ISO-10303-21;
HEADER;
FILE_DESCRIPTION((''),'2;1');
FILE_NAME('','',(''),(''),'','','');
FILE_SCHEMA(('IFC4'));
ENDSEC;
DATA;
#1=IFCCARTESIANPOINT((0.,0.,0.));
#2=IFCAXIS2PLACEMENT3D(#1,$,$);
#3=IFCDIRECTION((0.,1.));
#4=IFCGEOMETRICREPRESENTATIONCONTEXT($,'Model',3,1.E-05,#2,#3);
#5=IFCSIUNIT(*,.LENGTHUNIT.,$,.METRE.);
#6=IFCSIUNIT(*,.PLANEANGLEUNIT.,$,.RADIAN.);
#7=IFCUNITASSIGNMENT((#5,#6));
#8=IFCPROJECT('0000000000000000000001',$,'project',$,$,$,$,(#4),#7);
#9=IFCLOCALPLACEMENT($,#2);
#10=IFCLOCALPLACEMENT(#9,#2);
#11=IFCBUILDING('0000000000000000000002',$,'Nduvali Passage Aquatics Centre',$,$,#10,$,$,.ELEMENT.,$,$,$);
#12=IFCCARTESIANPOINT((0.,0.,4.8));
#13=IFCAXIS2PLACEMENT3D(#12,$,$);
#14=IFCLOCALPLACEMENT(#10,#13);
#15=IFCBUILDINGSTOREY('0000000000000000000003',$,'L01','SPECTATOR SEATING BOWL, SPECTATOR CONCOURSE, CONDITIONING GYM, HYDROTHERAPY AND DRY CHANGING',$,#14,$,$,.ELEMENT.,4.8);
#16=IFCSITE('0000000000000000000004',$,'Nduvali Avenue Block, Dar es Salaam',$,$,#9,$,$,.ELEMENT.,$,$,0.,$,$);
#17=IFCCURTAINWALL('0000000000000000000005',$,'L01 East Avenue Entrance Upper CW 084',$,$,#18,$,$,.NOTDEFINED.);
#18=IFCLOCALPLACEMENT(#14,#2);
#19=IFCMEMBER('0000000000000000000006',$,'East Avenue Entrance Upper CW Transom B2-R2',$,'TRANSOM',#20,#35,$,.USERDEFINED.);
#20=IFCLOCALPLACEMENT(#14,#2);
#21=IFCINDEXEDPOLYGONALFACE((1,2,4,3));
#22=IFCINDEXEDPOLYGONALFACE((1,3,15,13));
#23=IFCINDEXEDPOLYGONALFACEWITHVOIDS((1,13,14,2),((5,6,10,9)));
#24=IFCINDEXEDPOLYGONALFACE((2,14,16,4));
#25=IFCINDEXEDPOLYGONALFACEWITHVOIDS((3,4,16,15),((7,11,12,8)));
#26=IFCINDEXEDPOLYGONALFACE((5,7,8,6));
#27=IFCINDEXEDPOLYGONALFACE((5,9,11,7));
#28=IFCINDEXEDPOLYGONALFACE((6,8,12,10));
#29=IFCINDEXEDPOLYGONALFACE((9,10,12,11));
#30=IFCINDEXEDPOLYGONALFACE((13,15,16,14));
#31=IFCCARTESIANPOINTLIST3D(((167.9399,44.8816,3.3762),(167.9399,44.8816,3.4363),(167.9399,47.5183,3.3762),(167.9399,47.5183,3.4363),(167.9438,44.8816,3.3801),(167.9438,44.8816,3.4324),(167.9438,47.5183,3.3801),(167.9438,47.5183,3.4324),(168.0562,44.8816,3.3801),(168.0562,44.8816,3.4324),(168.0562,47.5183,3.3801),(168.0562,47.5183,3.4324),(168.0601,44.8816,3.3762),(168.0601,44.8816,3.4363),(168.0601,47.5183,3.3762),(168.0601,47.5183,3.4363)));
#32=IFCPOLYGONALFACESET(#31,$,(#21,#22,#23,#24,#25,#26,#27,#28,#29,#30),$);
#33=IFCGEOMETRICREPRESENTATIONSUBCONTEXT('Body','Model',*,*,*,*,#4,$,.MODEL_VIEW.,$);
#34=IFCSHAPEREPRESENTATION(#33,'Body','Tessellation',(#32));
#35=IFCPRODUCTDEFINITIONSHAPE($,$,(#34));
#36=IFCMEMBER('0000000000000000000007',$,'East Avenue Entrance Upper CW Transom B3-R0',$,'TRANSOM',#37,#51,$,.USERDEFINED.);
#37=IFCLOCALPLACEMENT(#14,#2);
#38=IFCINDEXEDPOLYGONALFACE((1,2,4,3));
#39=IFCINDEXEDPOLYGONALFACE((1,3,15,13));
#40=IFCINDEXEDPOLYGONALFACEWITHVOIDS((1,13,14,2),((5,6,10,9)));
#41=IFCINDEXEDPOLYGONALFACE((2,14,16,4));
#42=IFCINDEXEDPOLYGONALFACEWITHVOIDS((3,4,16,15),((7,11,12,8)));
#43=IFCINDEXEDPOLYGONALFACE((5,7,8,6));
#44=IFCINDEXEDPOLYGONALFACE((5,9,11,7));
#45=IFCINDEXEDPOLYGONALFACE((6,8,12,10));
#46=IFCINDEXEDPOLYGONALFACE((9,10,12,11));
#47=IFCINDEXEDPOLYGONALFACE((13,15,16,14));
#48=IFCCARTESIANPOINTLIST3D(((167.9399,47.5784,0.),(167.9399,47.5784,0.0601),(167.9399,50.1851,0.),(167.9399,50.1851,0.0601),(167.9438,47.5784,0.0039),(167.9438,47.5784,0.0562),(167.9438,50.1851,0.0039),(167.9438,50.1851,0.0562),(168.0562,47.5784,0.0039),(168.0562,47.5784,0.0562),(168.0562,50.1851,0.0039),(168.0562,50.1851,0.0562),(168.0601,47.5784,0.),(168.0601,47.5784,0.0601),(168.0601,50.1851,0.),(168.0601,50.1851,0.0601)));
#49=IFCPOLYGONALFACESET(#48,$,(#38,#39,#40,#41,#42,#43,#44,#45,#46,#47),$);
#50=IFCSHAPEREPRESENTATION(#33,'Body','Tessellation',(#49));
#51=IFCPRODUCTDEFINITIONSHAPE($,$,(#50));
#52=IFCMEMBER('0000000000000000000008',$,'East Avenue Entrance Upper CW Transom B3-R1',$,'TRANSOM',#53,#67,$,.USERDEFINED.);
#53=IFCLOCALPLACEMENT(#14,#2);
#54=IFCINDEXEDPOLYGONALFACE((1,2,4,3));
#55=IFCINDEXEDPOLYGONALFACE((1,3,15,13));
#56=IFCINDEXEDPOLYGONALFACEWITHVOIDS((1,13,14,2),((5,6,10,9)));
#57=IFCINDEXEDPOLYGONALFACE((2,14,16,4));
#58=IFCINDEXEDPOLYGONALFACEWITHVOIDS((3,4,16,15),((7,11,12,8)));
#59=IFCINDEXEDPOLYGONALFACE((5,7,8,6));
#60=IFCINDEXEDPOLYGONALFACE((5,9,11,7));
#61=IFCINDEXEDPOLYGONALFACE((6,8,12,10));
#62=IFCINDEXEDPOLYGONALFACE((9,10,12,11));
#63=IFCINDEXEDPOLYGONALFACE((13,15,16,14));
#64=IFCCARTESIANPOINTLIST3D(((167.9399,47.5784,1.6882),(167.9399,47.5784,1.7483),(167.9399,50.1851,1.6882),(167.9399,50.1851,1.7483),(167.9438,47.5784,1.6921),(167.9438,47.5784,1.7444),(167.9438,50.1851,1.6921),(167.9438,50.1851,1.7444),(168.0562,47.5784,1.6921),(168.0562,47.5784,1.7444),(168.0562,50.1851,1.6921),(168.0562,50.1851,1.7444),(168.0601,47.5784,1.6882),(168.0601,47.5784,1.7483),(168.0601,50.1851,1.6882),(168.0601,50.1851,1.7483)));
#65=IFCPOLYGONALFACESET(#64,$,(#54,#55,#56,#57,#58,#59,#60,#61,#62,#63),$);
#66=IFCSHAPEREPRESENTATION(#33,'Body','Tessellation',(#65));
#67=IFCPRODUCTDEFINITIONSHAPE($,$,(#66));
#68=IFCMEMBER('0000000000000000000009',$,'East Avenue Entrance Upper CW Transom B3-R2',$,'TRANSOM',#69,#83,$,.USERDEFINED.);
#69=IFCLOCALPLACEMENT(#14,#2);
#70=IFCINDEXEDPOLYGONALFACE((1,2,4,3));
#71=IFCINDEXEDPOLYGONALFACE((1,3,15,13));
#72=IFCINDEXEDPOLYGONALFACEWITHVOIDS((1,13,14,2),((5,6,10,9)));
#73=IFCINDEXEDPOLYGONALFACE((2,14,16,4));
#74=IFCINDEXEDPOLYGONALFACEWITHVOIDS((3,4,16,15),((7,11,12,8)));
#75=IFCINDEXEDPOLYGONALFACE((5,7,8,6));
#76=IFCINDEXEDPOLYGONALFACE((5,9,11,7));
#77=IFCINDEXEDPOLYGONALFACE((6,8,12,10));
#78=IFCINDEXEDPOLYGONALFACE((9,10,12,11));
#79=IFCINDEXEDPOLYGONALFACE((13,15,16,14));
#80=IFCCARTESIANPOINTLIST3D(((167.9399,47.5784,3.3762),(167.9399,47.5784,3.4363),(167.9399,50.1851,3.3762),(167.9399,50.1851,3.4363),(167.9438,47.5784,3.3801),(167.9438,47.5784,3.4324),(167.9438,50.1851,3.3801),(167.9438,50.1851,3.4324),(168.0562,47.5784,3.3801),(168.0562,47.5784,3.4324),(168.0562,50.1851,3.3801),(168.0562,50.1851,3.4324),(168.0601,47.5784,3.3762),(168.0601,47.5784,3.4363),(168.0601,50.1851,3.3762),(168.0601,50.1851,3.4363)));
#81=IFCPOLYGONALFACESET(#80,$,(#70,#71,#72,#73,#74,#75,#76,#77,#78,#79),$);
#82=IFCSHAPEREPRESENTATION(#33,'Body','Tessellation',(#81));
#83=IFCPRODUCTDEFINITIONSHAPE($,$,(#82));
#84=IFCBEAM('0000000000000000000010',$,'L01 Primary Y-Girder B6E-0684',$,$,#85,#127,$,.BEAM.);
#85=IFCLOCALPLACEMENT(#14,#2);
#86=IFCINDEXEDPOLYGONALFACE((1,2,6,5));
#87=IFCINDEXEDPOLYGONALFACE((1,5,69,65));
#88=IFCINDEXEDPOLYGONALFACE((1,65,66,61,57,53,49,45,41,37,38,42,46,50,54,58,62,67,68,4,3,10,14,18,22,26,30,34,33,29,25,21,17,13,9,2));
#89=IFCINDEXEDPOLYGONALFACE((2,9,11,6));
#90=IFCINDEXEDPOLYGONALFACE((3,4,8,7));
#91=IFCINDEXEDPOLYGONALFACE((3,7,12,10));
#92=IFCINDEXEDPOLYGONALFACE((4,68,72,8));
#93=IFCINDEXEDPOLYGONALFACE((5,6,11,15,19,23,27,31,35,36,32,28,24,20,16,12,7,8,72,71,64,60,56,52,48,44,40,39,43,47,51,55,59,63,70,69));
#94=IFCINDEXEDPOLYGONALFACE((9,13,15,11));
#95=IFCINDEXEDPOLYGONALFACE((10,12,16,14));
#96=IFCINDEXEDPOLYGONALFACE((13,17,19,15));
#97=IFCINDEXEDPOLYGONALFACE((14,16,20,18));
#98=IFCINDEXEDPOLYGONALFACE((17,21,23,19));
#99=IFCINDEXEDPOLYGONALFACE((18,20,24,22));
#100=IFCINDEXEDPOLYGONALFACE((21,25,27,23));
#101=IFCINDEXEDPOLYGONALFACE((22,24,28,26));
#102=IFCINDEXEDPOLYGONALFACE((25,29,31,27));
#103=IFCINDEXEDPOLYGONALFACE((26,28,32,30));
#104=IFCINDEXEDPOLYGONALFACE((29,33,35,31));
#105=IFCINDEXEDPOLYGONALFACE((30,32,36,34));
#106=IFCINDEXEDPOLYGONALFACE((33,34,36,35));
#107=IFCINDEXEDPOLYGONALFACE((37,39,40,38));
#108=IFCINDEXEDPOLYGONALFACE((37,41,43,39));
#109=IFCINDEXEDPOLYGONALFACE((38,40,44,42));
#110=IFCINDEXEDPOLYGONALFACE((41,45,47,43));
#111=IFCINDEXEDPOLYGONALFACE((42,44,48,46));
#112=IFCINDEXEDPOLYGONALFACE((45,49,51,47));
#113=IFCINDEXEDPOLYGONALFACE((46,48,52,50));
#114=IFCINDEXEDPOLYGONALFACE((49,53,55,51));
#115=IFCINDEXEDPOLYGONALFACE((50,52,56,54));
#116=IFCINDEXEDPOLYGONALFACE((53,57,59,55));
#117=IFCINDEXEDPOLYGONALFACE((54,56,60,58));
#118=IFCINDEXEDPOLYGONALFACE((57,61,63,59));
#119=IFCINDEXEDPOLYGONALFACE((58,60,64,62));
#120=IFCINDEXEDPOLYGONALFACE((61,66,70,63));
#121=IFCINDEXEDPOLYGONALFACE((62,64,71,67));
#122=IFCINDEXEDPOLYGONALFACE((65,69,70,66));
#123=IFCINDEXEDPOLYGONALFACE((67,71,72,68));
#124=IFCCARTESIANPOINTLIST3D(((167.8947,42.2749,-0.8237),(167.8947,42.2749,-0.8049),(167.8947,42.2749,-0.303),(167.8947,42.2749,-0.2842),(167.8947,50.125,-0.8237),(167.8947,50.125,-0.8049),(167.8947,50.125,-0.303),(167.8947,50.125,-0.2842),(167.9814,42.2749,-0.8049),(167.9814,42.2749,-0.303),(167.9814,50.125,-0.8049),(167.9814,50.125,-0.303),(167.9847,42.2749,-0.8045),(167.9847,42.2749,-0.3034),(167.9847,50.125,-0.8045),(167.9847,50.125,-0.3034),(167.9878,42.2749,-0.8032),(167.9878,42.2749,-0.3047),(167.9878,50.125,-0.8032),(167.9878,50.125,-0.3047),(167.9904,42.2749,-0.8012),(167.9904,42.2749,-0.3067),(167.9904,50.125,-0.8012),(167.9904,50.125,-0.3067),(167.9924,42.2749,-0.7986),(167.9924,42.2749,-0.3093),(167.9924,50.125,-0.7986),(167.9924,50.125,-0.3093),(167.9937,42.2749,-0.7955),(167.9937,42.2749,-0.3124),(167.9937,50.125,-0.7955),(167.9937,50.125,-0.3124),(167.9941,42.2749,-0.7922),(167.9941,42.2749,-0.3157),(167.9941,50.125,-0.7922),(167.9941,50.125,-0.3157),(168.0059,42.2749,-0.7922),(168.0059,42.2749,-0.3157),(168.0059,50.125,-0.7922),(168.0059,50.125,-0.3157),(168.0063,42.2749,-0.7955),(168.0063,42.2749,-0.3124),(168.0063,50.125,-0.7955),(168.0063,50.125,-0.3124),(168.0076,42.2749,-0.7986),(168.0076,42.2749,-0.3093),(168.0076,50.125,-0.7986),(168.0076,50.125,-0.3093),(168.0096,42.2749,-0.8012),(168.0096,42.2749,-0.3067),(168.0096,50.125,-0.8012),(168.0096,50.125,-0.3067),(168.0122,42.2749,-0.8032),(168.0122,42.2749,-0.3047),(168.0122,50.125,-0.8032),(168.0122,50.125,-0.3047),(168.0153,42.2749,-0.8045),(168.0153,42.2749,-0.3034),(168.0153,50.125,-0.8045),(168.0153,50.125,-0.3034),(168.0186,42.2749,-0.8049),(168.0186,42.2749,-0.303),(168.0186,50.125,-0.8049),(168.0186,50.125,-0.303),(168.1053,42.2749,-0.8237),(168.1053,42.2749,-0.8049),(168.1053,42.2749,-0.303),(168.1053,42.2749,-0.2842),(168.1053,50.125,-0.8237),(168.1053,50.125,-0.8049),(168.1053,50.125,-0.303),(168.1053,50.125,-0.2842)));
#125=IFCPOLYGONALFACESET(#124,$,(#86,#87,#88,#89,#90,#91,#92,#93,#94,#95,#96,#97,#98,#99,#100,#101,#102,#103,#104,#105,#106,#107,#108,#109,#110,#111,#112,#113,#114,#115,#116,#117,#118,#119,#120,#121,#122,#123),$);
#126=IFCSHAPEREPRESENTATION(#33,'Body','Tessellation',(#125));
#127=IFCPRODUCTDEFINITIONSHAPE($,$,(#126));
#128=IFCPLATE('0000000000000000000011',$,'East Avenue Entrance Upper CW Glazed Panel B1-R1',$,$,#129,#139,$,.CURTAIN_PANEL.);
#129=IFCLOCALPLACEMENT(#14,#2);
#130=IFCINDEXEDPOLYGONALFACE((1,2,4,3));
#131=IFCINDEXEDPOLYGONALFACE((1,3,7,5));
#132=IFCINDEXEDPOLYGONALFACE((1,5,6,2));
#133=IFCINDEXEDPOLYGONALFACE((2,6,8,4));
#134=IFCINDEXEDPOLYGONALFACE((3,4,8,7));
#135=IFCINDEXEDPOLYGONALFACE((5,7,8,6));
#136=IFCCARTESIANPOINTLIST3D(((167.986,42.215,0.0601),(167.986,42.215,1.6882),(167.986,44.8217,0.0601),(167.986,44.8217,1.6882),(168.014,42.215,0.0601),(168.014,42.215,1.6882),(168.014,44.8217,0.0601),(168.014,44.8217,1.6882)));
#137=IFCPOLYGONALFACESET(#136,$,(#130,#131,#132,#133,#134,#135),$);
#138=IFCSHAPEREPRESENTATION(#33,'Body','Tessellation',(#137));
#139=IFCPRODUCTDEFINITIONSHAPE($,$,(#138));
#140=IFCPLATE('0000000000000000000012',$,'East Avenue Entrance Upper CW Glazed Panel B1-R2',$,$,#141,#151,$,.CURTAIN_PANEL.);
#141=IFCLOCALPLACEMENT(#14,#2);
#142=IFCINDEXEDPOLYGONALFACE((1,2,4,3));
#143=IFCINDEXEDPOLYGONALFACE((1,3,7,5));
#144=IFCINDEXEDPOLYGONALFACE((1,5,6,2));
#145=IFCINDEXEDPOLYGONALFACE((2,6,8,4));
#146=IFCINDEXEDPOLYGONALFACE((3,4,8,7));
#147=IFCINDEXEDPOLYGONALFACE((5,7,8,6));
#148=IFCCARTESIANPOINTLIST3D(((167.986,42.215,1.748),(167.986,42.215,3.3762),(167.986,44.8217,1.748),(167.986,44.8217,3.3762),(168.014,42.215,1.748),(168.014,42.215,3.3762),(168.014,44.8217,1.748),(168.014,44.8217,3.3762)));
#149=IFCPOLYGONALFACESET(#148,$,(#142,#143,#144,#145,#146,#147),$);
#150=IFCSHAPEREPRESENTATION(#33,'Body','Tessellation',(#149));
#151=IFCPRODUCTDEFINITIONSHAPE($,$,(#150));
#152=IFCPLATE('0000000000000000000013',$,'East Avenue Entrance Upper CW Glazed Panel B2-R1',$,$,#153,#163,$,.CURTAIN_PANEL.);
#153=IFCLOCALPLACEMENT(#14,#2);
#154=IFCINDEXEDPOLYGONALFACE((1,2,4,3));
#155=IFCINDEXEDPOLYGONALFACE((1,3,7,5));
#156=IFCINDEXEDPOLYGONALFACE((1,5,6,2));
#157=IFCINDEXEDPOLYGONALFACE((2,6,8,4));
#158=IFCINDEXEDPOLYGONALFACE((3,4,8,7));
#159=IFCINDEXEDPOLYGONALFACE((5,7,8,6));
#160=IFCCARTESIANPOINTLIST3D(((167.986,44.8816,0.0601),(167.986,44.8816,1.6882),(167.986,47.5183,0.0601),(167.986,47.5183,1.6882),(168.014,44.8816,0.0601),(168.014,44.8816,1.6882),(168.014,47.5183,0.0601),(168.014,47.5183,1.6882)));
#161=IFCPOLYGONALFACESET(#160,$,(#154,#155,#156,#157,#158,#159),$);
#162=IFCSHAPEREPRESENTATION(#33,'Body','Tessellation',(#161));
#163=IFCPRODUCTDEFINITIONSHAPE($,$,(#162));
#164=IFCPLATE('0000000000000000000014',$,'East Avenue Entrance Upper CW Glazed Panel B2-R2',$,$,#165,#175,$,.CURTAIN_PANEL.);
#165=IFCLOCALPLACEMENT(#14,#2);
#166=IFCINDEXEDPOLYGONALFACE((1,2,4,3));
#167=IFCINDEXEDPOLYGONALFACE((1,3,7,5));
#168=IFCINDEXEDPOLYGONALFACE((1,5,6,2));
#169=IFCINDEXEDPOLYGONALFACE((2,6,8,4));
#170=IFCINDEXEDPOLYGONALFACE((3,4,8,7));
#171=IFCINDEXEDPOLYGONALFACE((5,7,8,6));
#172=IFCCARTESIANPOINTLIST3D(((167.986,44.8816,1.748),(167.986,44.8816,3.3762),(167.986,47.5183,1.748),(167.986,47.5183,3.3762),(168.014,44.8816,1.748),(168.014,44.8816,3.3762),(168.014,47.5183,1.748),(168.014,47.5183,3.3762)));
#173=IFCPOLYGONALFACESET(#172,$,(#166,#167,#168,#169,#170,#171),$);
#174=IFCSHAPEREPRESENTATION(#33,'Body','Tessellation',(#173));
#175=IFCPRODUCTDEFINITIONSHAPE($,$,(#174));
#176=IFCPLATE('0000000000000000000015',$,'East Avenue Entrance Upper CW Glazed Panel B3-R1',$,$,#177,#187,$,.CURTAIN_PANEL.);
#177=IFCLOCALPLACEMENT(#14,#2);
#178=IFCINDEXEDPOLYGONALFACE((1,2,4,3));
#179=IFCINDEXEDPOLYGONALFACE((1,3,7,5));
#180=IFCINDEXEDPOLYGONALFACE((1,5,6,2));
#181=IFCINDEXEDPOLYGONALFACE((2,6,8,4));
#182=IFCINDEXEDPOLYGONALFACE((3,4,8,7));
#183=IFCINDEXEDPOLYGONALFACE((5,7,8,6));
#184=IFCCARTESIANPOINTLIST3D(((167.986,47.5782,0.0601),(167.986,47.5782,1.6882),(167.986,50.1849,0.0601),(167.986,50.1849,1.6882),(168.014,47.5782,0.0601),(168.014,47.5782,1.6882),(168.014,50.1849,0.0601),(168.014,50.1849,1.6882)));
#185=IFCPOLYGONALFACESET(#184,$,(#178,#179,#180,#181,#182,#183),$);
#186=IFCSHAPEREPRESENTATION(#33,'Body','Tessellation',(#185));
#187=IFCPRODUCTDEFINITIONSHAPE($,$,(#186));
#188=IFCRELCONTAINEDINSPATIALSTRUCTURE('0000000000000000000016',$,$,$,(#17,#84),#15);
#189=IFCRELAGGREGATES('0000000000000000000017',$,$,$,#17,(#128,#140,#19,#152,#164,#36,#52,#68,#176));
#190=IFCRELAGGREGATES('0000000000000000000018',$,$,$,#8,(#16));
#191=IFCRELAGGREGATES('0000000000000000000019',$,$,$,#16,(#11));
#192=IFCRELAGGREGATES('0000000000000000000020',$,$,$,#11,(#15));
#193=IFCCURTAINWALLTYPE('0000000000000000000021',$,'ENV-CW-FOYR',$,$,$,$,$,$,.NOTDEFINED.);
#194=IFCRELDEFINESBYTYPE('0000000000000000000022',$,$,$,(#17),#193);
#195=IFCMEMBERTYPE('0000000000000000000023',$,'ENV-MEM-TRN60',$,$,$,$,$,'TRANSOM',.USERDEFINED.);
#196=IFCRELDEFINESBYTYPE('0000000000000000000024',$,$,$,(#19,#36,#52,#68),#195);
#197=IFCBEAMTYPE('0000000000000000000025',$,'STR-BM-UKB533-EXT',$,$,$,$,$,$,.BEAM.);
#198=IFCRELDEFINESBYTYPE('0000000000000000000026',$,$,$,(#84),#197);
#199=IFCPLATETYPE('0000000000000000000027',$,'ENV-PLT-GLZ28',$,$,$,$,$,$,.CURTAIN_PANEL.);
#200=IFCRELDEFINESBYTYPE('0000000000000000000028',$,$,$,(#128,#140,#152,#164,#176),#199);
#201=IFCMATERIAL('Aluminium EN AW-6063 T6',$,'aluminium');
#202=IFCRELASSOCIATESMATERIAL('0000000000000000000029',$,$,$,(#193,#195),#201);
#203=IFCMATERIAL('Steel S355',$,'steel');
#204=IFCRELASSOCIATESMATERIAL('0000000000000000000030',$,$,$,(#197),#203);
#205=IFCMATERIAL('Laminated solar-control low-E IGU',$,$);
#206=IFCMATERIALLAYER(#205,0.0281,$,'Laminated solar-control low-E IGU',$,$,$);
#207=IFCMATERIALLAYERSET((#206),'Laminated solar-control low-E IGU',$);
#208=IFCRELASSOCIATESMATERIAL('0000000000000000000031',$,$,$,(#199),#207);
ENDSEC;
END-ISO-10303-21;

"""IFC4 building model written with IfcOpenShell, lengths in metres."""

from ifc_helpers import new_model, si_unit, direction, frame, origin, origin_2d, place, context, subcontext, project, spatial, rectangle, hollow_rectangle, i_section, extrude, material, layer, layer_set, material_profile, profile_set, type_object, element, aggregate, save


model = new_model("IFC4")

# Units and contexts
model_context = context("Model", 3, precision=1e-05, world=origin(), true_north=direction((0.0, 1.0)))
body_context = subcontext(model_context, "Body", "Model", "MODEL_VIEW")
ifc_project = project(units=[si_unit("LENGTHUNIT", "METRE"), si_unit("PLANEANGLEUNIT", "RADIAN")], contexts=[model_context])

# Site, building, storey
site_placement = place(None, origin())
site = spatial("IfcSite", under=ifc_project, at=site_placement, Name="Nduvali Avenue Block, Dar es Salaam", CompositionType="ELEMENT", RefElevation=0.0)
building_placement = place(site_placement, origin())
building = spatial("IfcBuilding", under=site, at=building_placement, Name="Nduvali Passage Aquatics Centre", CompositionType="ELEMENT")
storey_placement = place(building_placement, frame((0.0, 0.0, 4.8)))
storey = spatial("IfcBuildingStorey", under=building, at=storey_placement, Name="L01", Description="SPECTATOR SEATING BOWL, SPECTATOR CONCOURSE, CONDITIONING GYM, HYDROTHERAPY AND DRY CHANGING", CompositionType="ELEMENT", Elevation=4.8)

# Shared definitions
ifc_material_1 = material(Name="Steel S355", Category="steel")

# Curtain wall, members
ifc_material_2 = material(Name="Aluminium EN AW-6063 T6", Category="aluminium")
curtain_wall_type = type_object("IfcCurtainWallType", Name="ENV-CW-FOYR", PredefinedType="NOTDEFINED", material=ifc_material_2)
curtain_wall_placement = place(storey_placement, origin())
curtain_wall = element("IfcCurtainWall", 1, at=curtain_wall_placement, inside=storey, type_object=curtain_wall_type, Name="L01 East Avenue Entrance Upper CW 084", PredefinedType="NOTDEFINED")
ifc_material_profile_1 = material_profile(ifc_material_2, hollow_rectangle(XDim=0.1201, YDim=0.0601, WallThickness=0.0039, at=origin_2d()), Name="ALU TRANSOM 120x60x4")
ifc_profile_set_1 = profile_set([ifc_material_profile_1], Name="Aluminium EN AW-6063 T6")
member_type_1 = type_object("IfcMemberType", Name="ENV-MEM-TRN60", ElementType="TRANSOM", PredefinedType="USERDEFINED", material=ifc_profile_set_1)
member_1_placement = place(storey_placement, frame((168.0, 44.8816, 3.4062), z_axis=(0.0, 1.0, 0.0), x_axis=(-1.0, 0.0, 0.0)))
member_1 = element("IfcMember", 2, at=member_1_placement, type_object=member_type_1, Name="East Avenue Entrance Upper CW Transom B2-R2", ObjectType="TRANSOM", PredefinedType="USERDEFINED", context=body_context, shape_type="SweptSolid", body=[
    extrude(hollow_rectangle(XDim=0.1201, YDim=0.0601, WallThickness=0.0039, at=origin_2d()), origin(), (0.0, 0.0, 1.0), 2.6367),
])
member_2_placement = place(storey_placement, frame((168.0, 47.5784, 0.03), z_axis=(0.0, 1.0, 0.0), x_axis=(-1.0, 0.0, 0.0)))
member_2 = element("IfcMember", 3, at=member_2_placement, type_object=member_type_1, Name="East Avenue Entrance Upper CW Transom B3-R0", ObjectType="TRANSOM", PredefinedType="USERDEFINED", context=body_context, shape_type="SweptSolid", body=[
    extrude(hollow_rectangle(XDim=0.1201, YDim=0.0601, WallThickness=0.0039, at=origin_2d()), origin(), (0.0, 0.0, 1.0), 2.6067),
])
member_3_placement = place(storey_placement, frame((168.0, 47.5784, 1.7183), z_axis=(0.0, 1.0, 0.0), x_axis=(-1.0, 0.0, 0.0)))
member_3 = element("IfcMember", 4, at=member_3_placement, type_object=member_type_1, Name="East Avenue Entrance Upper CW Transom B3-R1", ObjectType="TRANSOM", PredefinedType="USERDEFINED", context=body_context, shape_type="SweptSolid", body=[
    extrude(hollow_rectangle(XDim=0.1201, YDim=0.0601, WallThickness=0.0039, at=origin_2d()), origin(), (0.0, 0.0, 1.0), 2.6067),
])
member_4_placement = place(storey_placement, frame((168.0, 47.5784, 3.4062), z_axis=(0.0, 1.0, 0.0), x_axis=(-1.0, 0.0, 0.0)))
member_4 = element("IfcMember", 5, at=member_4_placement, type_object=member_type_1, Name="East Avenue Entrance Upper CW Transom B3-R2", ObjectType="TRANSOM", PredefinedType="USERDEFINED", context=body_context, shape_type="SweptSolid", body=[
    extrude(hollow_rectangle(XDim=0.1201, YDim=0.0601, WallThickness=0.0039, at=origin_2d()), origin(), (0.0, 0.0, 1.0), 2.6067),
])

# Beam
ifc_material_profile_2 = material_profile(ifc_material_1, i_section(OverallWidth=0.2107, OverallDepth=0.5396, WebThickness=0.0117, FlangeThickness=0.0188, FilletRadius=0.0127, at=origin_2d()), Name="UKB 533x210x109")
ifc_profile_set_2 = profile_set([ifc_material_profile_2], Name="Steel S355")
beam_type = type_object("IfcBeamType", Name="STR-BM-UKB533-EXT", PredefinedType="BEAM", material=ifc_profile_set_2)
beam_placement = place(storey_placement, frame((168.0, 42.2749, -0.554), z_axis=(0.0, 1.0, 0.0), x_axis=(-1.0, 0.0, 0.0)))
element("IfcBeam", 6, at=beam_placement, inside=storey, type_object=beam_type, Name="L01 Primary Y-Girder B6E-0684", PredefinedType="BEAM", context=body_context, shape_type="SweptSolid", body=[
    extrude(i_section(OverallWidth=0.2107, OverallDepth=0.5396, WebThickness=0.0117, FlangeThickness=0.0188, FilletRadius=0.0127, at=origin_2d()), origin(), (0.0, 0.0, 1.0), 7.8501),
])

# Plates
ifc_material_3 = material(Name="Laminated solar-control low-E IGU")
ifc_layer = layer(ifc_material_3, 0.0281, Name="Laminated solar-control low-E IGU")
ifc_layer_set = layer_set([ifc_layer], Name="Laminated solar-control low-E IGU")
plate_type = type_object("IfcPlateType", Name="ENV-PLT-GLZ28", PredefinedType="CURTAIN_PANEL", material=ifc_layer_set)
plate_1_placement = place(storey_placement, frame((168.0, 43.5183, 0.0601), z_axis=(0.0, 0.0, 1.0), x_axis=(0.0, 1.0, 0.0)))
plate_1 = element("IfcPlate", 7, at=plate_1_placement, type_object=plate_type, Name="East Avenue Entrance Upper CW Glazed Panel B1-R1", PredefinedType="CURTAIN_PANEL", context=body_context, shape_type="SweptSolid", body=[
    extrude(rectangle(XDim=2.6067, YDim=0.0281, at=origin_2d()), origin(), (0.0, 0.0, 1.0), 1.6282),
])
plate_2_placement = place(storey_placement, frame((168.0, 43.5183, 1.748), z_axis=(0.0, 0.0, 1.0), x_axis=(0.0, 1.0, 0.0)))
plate_2 = element("IfcPlate", 8, at=plate_2_placement, type_object=plate_type, Name="East Avenue Entrance Upper CW Glazed Panel B1-R2", PredefinedType="CURTAIN_PANEL", context=body_context, shape_type="SweptSolid", body=[
    extrude(rectangle(XDim=2.6067, YDim=0.0281, at=origin_2d()), origin(), (0.0, 0.0, 1.0), 1.6282),
])
plate_3_placement = place(storey_placement, frame((168.0, 46.2, 0.0601), z_axis=(0.0, 0.0, 1.0), x_axis=(0.0, 1.0, 0.0)))
plate_3 = element("IfcPlate", 9, at=plate_3_placement, type_object=plate_type, Name="East Avenue Entrance Upper CW Glazed Panel B2-R1", PredefinedType="CURTAIN_PANEL", context=body_context, shape_type="SweptSolid", body=[
    extrude(rectangle(XDim=2.6367, YDim=0.0281, at=origin_2d()), origin(), (0.0, 0.0, 1.0), 1.6282),
])
plate_4_placement = place(storey_placement, frame((168.0, 46.2, 1.748), z_axis=(0.0, 0.0, 1.0), x_axis=(0.0, 1.0, 0.0)))
plate_4 = element("IfcPlate", 10, at=plate_4_placement, type_object=plate_type, Name="East Avenue Entrance Upper CW Glazed Panel B2-R2", PredefinedType="CURTAIN_PANEL", context=body_context, shape_type="SweptSolid", body=[
    extrude(rectangle(XDim=2.6367, YDim=0.0281, at=origin_2d()), origin(), (0.0, 0.0, 1.0), 1.6282),
])
plate_5_placement = place(storey_placement, frame((168.0, 48.8816, 0.0601), z_axis=(0.0, 0.0, 1.0), x_axis=(0.0, 1.0, 0.0)))
plate_5 = element("IfcPlate", 11, at=plate_5_placement, type_object=plate_type, Name="East Avenue Entrance Upper CW Glazed Panel B3-R1", PredefinedType="CURTAIN_PANEL", context=body_context, shape_type="SweptSolid", body=[
    extrude(rectangle(XDim=2.6067, YDim=0.0281, at=origin_2d()), origin(), (0.0, 0.0, 1.0), 1.6282),
])
aggregate(curtain_wall, [plate_1, plate_2, member_1, plate_3, plate_4, member_2, member_3, member_4, plate_5])

save(model, "model.ifc")
